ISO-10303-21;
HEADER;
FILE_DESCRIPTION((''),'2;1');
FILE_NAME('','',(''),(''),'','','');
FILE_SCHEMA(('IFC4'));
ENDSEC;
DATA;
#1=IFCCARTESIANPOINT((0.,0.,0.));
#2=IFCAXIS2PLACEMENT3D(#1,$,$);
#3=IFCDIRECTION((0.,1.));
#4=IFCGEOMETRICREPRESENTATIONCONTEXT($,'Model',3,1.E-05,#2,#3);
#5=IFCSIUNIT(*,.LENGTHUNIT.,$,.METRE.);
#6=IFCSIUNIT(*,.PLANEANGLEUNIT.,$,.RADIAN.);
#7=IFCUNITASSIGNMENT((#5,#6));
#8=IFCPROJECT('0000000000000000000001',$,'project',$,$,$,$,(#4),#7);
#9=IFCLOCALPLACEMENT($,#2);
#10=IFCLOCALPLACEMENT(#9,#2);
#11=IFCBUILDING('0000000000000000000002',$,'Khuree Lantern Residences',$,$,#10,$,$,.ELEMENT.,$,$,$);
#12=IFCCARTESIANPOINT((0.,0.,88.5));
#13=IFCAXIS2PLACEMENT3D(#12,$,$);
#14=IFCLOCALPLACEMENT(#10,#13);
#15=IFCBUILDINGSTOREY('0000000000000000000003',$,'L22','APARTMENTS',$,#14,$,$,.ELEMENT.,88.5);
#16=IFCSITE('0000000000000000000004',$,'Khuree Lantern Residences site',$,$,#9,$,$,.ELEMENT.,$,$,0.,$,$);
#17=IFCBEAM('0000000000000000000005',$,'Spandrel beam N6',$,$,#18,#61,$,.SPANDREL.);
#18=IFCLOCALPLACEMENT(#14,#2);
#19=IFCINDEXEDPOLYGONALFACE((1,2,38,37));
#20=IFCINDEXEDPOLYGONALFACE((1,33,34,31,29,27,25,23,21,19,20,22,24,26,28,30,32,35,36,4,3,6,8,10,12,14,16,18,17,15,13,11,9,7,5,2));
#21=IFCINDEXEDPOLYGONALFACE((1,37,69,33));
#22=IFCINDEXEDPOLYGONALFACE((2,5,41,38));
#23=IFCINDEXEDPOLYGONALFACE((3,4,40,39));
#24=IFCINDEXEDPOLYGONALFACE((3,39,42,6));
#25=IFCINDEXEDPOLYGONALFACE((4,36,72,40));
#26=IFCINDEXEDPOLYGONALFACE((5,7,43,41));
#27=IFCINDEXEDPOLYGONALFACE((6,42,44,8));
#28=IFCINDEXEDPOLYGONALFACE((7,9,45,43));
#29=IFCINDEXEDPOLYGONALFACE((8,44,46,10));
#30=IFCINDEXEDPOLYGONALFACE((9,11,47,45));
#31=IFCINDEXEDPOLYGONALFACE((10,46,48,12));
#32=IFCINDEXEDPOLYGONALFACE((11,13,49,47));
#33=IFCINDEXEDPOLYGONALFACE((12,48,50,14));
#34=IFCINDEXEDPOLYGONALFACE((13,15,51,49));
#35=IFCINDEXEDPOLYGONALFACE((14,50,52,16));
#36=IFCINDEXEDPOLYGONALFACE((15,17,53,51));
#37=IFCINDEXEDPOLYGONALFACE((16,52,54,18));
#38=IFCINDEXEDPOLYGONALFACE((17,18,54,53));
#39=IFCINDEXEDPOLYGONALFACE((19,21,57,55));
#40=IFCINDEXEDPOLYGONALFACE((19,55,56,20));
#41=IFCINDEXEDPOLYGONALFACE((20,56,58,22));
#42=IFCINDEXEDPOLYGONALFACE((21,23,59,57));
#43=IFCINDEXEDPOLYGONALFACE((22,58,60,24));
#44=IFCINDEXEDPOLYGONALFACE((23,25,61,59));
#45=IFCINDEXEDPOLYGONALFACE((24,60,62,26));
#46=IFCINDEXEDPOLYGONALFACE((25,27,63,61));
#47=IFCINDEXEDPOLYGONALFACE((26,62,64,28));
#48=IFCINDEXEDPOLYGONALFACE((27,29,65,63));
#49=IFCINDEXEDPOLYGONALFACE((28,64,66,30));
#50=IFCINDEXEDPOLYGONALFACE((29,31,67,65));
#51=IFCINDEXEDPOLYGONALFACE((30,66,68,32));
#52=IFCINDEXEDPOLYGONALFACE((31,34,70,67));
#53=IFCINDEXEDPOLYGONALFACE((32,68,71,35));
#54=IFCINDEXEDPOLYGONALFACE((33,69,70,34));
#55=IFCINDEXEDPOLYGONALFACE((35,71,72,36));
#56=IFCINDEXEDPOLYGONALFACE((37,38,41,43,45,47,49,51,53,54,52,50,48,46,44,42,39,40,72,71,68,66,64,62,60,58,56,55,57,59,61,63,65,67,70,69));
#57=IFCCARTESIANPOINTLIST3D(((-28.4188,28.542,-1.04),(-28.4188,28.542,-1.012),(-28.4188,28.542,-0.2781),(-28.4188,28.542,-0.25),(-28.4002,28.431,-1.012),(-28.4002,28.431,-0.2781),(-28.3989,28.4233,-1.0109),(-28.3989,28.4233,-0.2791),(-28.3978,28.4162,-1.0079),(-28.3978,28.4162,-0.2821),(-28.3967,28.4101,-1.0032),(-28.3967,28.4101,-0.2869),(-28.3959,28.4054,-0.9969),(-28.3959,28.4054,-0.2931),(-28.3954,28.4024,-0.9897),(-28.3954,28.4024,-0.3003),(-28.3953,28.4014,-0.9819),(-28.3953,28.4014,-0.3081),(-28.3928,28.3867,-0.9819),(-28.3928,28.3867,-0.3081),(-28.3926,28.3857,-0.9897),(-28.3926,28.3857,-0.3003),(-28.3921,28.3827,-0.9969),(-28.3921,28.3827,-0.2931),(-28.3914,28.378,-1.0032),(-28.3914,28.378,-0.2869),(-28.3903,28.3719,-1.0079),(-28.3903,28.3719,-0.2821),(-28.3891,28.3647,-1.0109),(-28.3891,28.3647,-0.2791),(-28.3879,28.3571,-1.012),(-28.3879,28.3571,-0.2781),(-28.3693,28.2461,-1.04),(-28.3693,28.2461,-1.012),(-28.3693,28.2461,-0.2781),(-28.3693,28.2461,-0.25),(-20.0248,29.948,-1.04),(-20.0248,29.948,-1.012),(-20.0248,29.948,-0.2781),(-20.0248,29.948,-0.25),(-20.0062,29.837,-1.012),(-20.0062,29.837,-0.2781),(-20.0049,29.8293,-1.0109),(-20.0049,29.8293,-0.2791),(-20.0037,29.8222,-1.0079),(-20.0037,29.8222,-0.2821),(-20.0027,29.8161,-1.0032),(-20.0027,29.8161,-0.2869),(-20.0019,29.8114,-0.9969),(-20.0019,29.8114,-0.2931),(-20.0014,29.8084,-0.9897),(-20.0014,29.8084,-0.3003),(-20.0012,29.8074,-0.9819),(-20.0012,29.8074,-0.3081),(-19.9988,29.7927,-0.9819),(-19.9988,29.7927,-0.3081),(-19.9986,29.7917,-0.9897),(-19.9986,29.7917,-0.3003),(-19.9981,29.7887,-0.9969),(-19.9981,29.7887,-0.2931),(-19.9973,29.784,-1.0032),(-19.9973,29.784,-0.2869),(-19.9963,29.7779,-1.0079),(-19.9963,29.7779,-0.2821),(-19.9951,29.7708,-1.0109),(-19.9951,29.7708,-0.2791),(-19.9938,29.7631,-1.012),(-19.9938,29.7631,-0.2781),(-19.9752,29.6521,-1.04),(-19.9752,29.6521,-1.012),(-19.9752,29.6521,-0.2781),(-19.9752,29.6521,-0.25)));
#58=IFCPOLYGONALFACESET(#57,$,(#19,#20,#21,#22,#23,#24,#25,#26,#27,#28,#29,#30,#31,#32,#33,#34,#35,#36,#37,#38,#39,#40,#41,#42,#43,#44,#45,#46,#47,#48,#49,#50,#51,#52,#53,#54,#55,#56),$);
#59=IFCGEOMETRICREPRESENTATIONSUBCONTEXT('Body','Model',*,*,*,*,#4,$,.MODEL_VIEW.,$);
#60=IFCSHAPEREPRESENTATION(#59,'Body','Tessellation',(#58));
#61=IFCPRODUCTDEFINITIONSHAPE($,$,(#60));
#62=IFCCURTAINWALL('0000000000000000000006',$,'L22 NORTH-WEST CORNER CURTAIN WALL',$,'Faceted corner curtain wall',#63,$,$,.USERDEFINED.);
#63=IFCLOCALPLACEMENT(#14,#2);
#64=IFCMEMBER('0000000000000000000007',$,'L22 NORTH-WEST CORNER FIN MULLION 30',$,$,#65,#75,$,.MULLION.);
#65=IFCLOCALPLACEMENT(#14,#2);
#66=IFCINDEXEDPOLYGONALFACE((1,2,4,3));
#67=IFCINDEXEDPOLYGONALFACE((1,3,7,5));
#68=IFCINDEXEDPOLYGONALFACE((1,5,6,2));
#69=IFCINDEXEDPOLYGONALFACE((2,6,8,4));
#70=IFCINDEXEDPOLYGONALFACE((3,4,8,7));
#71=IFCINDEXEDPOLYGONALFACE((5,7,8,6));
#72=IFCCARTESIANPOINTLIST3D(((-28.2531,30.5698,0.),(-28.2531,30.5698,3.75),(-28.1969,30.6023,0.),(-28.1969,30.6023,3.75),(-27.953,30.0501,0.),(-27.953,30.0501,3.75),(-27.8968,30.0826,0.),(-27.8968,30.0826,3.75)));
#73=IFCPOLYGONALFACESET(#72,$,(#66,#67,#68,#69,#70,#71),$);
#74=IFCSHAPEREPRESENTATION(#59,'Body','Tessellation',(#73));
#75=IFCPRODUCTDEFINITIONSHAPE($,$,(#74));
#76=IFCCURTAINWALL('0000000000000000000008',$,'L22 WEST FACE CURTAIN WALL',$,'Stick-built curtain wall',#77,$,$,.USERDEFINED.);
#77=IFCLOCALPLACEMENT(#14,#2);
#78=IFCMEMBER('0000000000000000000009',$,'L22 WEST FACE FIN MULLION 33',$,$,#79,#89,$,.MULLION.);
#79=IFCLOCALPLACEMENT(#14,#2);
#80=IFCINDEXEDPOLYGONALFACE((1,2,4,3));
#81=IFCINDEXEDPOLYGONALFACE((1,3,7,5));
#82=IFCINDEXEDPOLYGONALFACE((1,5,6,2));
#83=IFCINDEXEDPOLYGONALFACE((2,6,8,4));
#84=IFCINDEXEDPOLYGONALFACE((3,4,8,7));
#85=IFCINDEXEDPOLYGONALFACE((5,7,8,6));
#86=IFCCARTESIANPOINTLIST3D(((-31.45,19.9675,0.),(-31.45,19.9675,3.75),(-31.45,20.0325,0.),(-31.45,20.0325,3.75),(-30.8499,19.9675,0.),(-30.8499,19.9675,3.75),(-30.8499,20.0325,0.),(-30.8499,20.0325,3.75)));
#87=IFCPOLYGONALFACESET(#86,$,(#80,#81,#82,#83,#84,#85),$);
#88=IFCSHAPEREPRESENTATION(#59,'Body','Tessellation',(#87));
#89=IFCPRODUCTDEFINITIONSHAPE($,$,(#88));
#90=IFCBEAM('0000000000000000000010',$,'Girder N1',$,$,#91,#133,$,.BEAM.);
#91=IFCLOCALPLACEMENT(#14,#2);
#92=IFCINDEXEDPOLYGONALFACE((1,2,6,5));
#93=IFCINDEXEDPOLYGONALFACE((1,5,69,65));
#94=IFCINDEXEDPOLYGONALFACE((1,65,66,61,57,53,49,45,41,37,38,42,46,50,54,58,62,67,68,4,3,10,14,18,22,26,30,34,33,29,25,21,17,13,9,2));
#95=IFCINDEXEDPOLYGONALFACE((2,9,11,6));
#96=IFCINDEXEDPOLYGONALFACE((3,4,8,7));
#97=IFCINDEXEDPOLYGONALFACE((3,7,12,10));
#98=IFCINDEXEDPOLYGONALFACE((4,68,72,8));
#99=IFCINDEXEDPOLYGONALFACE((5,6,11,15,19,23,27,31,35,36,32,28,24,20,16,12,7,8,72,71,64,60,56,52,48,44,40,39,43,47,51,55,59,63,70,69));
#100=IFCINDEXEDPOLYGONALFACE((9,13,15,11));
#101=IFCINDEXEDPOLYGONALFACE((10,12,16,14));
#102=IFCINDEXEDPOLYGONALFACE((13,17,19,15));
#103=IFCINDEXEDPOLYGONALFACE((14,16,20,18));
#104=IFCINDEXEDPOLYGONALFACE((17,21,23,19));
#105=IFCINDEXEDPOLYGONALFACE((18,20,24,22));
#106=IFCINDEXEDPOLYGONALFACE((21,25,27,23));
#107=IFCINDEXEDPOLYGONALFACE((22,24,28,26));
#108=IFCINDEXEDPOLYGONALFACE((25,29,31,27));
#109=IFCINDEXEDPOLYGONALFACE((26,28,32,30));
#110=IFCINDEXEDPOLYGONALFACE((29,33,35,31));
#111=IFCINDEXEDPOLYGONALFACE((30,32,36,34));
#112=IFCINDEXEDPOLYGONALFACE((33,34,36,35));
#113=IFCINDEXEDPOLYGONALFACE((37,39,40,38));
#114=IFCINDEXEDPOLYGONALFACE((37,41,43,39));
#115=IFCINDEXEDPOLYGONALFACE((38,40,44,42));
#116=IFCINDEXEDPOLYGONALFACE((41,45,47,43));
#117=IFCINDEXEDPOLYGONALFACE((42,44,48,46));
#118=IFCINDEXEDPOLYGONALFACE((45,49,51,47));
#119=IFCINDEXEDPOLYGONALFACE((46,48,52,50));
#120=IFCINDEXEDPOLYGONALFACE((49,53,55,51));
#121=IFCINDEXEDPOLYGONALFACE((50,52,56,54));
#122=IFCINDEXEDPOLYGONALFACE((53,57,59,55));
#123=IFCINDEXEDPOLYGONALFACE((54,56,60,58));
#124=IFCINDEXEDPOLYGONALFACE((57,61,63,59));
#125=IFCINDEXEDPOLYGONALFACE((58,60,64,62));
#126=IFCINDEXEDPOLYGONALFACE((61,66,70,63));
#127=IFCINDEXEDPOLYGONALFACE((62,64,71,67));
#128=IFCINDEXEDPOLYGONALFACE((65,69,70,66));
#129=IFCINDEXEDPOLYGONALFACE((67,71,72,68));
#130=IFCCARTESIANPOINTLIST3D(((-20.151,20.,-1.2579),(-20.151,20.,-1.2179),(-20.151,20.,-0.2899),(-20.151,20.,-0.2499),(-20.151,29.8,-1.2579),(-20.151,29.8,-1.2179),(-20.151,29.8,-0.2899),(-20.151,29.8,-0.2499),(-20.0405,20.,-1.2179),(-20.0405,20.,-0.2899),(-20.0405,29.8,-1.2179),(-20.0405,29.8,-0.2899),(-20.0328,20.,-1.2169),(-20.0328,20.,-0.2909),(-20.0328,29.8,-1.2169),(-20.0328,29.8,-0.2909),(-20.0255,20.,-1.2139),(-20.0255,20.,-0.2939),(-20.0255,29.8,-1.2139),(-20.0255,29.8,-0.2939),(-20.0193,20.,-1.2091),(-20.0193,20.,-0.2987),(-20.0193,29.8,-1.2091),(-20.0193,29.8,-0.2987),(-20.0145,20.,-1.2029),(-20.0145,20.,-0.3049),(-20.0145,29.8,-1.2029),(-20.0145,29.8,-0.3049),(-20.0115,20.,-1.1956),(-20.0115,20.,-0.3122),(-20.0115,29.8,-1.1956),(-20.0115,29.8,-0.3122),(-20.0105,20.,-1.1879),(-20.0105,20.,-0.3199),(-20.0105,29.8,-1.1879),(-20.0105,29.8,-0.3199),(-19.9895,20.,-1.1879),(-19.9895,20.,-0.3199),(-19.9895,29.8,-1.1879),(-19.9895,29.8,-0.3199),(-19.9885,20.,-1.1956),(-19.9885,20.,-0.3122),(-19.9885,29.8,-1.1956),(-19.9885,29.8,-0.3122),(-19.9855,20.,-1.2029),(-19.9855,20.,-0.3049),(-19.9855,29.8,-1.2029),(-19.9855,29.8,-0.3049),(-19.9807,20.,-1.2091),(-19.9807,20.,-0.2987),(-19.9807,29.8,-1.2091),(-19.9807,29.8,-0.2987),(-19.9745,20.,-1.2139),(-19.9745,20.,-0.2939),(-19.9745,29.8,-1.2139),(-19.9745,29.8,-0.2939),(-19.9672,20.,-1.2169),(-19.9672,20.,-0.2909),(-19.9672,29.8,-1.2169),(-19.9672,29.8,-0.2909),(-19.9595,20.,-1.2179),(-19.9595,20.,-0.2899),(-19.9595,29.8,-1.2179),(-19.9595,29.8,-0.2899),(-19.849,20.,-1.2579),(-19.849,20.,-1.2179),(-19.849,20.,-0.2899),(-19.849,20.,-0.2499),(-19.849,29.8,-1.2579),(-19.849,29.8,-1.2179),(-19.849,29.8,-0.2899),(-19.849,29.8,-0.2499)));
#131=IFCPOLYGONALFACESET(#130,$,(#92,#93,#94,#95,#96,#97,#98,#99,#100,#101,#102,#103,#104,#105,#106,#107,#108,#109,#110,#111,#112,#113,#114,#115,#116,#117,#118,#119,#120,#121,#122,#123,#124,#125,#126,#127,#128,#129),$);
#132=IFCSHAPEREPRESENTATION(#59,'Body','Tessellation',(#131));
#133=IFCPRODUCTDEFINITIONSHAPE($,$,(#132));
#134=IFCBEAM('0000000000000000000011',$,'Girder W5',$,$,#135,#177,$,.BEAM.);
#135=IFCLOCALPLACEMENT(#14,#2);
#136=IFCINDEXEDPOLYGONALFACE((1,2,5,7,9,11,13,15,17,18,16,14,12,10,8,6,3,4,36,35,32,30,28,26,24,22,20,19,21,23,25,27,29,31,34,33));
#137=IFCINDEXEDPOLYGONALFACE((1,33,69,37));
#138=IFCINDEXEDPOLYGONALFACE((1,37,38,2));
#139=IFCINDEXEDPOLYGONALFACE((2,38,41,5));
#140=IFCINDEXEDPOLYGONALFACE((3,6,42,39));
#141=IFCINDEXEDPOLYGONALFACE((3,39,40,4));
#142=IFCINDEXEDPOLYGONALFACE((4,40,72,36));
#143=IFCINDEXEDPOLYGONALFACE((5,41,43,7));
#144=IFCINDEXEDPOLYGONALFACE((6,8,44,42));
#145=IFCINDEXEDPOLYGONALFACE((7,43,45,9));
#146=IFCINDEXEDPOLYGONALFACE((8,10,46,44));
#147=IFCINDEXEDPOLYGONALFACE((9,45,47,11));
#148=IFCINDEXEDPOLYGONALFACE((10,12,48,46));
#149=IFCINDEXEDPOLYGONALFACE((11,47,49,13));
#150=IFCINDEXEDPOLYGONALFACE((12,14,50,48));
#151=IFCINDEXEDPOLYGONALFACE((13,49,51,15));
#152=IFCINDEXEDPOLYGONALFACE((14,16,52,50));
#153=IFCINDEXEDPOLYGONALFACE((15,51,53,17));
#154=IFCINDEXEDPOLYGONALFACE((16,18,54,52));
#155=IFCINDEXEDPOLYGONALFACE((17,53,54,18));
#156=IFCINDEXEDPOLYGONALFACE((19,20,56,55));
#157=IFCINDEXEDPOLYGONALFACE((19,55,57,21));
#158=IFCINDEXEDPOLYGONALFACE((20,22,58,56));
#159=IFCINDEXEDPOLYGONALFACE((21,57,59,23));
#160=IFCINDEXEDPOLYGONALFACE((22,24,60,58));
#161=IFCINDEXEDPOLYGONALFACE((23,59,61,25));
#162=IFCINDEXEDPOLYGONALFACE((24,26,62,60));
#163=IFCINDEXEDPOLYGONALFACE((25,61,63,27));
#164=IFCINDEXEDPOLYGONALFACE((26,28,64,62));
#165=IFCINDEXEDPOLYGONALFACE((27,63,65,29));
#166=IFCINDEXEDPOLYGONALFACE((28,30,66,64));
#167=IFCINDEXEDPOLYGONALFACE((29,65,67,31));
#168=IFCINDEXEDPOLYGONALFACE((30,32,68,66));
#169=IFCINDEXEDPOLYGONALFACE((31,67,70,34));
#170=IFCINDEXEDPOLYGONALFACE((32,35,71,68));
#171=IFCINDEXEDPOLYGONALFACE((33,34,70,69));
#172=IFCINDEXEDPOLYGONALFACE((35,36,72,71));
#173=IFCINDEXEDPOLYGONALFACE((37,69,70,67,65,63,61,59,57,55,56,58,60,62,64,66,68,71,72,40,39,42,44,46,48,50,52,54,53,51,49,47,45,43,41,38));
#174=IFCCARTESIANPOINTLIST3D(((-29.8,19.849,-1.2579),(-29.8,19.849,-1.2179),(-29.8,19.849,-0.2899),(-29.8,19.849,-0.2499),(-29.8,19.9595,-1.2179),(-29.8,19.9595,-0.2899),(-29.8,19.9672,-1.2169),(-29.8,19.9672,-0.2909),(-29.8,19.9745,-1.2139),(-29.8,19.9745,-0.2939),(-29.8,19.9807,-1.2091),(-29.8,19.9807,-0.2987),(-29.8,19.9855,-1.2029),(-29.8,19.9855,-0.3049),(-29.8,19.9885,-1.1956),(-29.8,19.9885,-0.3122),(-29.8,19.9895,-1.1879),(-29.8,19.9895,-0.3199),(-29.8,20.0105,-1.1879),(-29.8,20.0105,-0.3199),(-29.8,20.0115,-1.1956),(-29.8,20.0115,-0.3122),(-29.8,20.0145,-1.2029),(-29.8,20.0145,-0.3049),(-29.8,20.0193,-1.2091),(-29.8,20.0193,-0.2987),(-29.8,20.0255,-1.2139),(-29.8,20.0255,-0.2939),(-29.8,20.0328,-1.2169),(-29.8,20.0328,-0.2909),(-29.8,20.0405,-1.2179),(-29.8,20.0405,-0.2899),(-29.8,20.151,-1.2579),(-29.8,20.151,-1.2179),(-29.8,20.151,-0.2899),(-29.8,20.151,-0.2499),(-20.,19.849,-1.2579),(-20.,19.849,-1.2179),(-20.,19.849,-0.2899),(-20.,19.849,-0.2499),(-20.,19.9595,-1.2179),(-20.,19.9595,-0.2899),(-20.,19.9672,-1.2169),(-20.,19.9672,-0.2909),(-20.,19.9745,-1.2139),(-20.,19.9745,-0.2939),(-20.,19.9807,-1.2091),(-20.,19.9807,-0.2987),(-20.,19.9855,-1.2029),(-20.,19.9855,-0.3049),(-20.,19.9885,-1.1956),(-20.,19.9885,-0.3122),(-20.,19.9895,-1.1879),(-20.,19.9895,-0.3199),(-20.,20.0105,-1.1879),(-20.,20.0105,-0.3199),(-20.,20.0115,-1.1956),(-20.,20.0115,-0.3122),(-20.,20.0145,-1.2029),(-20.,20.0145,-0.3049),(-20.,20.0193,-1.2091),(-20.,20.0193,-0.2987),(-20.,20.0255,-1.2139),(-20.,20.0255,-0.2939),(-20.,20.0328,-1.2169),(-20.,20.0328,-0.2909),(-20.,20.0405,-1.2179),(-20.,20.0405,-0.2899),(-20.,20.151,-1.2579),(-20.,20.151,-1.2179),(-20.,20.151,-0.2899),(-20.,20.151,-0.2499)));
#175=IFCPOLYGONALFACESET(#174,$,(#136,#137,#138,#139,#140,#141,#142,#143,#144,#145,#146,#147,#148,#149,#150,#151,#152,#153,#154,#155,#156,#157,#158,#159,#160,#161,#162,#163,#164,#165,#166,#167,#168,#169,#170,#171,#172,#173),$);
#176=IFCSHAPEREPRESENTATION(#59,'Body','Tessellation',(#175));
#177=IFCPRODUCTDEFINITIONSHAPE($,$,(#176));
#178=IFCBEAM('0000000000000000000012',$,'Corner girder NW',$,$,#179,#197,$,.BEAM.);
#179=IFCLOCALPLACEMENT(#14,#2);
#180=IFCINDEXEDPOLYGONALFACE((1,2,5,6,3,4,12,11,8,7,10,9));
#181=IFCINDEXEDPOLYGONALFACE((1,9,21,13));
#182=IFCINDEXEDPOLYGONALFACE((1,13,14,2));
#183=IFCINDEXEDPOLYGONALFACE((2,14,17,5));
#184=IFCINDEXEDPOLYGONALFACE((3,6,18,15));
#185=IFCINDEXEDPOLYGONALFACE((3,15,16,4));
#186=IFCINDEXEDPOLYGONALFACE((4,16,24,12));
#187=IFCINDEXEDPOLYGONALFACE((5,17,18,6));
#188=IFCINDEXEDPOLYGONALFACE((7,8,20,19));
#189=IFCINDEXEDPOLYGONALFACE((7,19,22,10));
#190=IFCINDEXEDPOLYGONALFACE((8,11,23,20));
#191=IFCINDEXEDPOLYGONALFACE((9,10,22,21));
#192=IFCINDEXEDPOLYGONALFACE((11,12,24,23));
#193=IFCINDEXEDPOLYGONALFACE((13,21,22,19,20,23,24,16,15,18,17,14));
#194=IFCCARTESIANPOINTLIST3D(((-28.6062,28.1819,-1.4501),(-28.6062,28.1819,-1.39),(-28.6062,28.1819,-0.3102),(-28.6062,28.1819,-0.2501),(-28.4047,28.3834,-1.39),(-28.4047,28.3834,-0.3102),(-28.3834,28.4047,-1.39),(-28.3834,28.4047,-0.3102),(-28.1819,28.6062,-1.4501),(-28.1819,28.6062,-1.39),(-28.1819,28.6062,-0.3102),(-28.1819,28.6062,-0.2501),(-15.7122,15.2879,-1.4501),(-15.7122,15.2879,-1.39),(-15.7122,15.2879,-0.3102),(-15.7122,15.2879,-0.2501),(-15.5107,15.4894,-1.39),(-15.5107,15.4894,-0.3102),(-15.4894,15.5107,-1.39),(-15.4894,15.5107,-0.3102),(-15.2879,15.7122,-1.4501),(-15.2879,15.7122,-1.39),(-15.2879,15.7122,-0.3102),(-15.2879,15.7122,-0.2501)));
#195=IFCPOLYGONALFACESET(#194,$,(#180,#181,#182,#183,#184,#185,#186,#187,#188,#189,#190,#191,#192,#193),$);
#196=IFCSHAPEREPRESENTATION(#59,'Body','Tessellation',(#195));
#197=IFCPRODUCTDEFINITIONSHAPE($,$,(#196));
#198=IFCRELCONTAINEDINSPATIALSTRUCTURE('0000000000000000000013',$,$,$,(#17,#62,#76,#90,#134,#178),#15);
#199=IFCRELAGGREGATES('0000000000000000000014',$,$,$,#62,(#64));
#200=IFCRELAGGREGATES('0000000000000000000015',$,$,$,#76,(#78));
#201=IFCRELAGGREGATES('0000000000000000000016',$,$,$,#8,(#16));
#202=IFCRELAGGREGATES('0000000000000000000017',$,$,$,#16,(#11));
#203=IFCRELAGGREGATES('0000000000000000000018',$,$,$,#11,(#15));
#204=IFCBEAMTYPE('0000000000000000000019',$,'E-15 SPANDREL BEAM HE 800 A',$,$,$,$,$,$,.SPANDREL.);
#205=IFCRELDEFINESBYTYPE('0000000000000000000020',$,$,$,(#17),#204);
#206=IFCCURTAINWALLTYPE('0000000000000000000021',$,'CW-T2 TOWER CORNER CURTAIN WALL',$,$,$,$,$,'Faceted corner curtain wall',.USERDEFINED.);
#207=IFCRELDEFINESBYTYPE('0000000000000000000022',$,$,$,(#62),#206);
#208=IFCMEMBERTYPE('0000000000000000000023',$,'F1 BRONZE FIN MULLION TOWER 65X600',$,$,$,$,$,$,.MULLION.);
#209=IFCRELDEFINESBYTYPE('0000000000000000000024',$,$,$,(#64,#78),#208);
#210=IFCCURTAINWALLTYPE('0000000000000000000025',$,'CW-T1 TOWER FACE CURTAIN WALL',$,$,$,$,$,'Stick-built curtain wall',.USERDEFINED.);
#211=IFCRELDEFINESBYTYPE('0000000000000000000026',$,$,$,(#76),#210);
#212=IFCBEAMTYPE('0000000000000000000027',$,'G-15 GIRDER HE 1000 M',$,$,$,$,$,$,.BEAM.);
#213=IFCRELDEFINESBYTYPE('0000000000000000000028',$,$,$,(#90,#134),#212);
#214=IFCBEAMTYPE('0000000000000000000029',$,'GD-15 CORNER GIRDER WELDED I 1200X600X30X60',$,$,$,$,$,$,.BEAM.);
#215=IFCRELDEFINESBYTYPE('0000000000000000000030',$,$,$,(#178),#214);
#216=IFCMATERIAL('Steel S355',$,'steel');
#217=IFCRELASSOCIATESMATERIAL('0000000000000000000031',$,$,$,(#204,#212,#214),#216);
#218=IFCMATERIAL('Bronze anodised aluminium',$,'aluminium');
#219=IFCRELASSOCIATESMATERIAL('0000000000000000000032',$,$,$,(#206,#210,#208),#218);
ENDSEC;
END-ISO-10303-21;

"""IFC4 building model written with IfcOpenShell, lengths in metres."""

from ifc_helpers import new_model, si_unit, direction, frame, origin, origin_2d, place, context, subcontext, project, spatial, rectangle, i_section, extrude, material, material_profile, profile_set, type_object, element, aggregate, save


model = new_model("IFC4")

# Units and contexts
model_context = context("Model", 3, precision=1e-05, world=origin(), true_north=direction((0.0, 1.0)))
body_context = subcontext(model_context, "Body", "Model", "MODEL_VIEW")
ifc_project = project(units=[si_unit("LENGTHUNIT", "METRE"), si_unit("PLANEANGLEUNIT", "RADIAN")], contexts=[model_context])

# Site, building, storey
site_placement = place(None, origin())
site = spatial("IfcSite", under=ifc_project, at=site_placement, Name="Khuree Lantern Residences site", CompositionType="ELEMENT", RefElevation=0.0)
building_placement = place(site_placement, origin())
building = spatial("IfcBuilding", under=site, at=building_placement, Name="Khuree Lantern Residences", CompositionType="ELEMENT")
storey_placement = place(building_placement, frame((0.0, 0.0, 88.5)))
storey = spatial("IfcBuildingStorey", under=building, at=storey_placement, Name="L22", Description="APARTMENTS", CompositionType="ELEMENT", Elevation=88.5)

# Beam
ifc_material_1 = material(Name="Steel S355", Category="steel")
ifc_material_profile_1 = material_profile(ifc_material_1, i_section(OverallWidth=0.3, OverallDepth=0.79, WebThickness=0.0149, FlangeThickness=0.0281, FilletRadius=0.03, at=origin_2d()), Name="HE 800 A")
ifc_profile_set_1 = profile_set([ifc_material_profile_1], Name="Steel S355")
beam_type_1 = type_object("IfcBeamType", Name="E-15 SPANDREL BEAM HE 800 A", PredefinedType="SPANDREL", material=ifc_profile_set_1)
for number, where, z_axis, x_axis, name in (
    (1, (-28.394, 28.394, -0.645), (0.98626, 0.165199, 0.0), (-0.165199, 0.98626, 0.0), "Spandrel beam N6"),
):
    element("IfcBeam", number, at=place(storey_placement, frame(where, z_axis=z_axis, x_axis=x_axis)), inside=storey, type_object=beam_type_1, Name=name, PredefinedType="SPANDREL", context=body_context, shape_type="SweptSolid", body=[
        extrude(i_section(OverallWidth=0.3, OverallDepth=0.79, WebThickness=0.0149, FlangeThickness=0.0281, FilletRadius=0.03, at=origin_2d()), origin(), (0.0, 0.0, 1.0), 8.511),
    ])

# Curtain walls, members
ifc_material_2 = material(Name="Bronze anodised aluminium", Category="aluminium")
curtain_wall_type_1 = type_object("IfcCurtainWallType", Name="CW-T2 TOWER CORNER CURTAIN WALL", ElementType="Faceted corner curtain wall", PredefinedType="USERDEFINED", material=ifc_material_2)
curtain_wall_1_placement = place(storey_placement, origin())
curtain_wall_1 = element("IfcCurtainWall", 2, at=curtain_wall_1_placement, inside=storey, type_object=curtain_wall_type_1, Name="L22 NORTH-WEST CORNER CURTAIN WALL", ObjectType="Faceted corner curtain wall", PredefinedType="USERDEFINED")
ifc_material_profile_2 = material_profile(ifc_material_2, rectangle(XDim=0.0649, YDim=0.6001, at=origin_2d()), Name="F1 65X600")
ifc_profile_set_2 = profile_set([ifc_material_profile_2], Name="Bronze anodised aluminium")
member_type_1 = type_object("IfcMemberType", Name="F1 BRONZE FIN MULLION TOWER 65X600", PredefinedType="MULLION", material=ifc_profile_set_2)
member_1_placement = place(storey_placement, frame((-28.075, 30.3262, 0.0), z_axis=(0.0, 0.0, 1.0), x_axis=(-0.866025, -0.5, 0.0)))
member_1 = element("IfcMember", 3, at=member_1_placement, type_object=member_type_1, Name="L22 NORTH-WEST CORNER FIN MULLION 30", PredefinedType="MULLION", context=body_context, shape_type="SweptSolid", body=[
    extrude(rectangle(XDim=0.0649, YDim=0.6001, at=origin_2d()), origin(), (0.0, 0.0, 1.0), 3.75),
])
curtain_wall_type_2 = type_object("IfcCurtainWallType", Name="CW-T1 TOWER FACE CURTAIN WALL", ElementType="Stick-built curtain wall", PredefinedType="USERDEFINED", material=ifc_material_2)
curtain_wall_2_placement = place(storey_placement, origin())
curtain_wall_2 = element("IfcCurtainWall", 4, at=curtain_wall_2_placement, inside=storey, type_object=curtain_wall_type_2, Name="L22 WEST FACE CURTAIN WALL", ObjectType="Stick-built curtain wall", PredefinedType="USERDEFINED")
member_2_placement = place(storey_placement, frame((-31.1499, 20.0, 0.0), z_axis=(0.0, 0.0, 1.0), x_axis=(0.0, -1.0, 0.0)))
member_2 = element("IfcMember", 5, at=member_2_placement, type_object=member_type_1, Name="L22 WEST FACE FIN MULLION 33", PredefinedType="MULLION", context=body_context, shape_type="SweptSolid", body=[
    extrude(rectangle(XDim=0.0649, YDim=0.6001, at=origin_2d()), origin(), (0.0, 0.0, 1.0), 3.75),
])

# Beams
ifc_material_profile_3 = material_profile(ifc_material_1, i_section(OverallWidth=0.302, OverallDepth=1.0081, WebThickness=0.021, FlangeThickness=0.04, FilletRadius=0.03, at=origin_2d()), Name="HE 1000 M")
ifc_profile_set_3 = profile_set([ifc_material_profile_3], Name="Steel S355")
beam_type_2 = type_object("IfcBeamType", Name="G-15 GIRDER HE 1000 M", PredefinedType="BEAM", material=ifc_profile_set_3)
for number, where, z_axis, x_axis, name in (
    (6, (-20.0, 29.8, -0.7539), (0.0, -1.0, 0.0), (1.0, 0.0, 0.0), "Girder N1"),
    (7, (-29.8, 20.0, -0.7539), (1.0, 0.0, 0.0), (0.0, 1.0, 0.0), "Girder W5"),
):
    element("IfcBeam", number, at=place(storey_placement, frame(where, z_axis=z_axis, x_axis=x_axis)), inside=storey, type_object=beam_type_2, Name=name, PredefinedType="BEAM", context=body_context, shape_type="SweptSolid", body=[
        extrude(i_section(OverallWidth=0.302, OverallDepth=1.0081, WebThickness=0.021, FlangeThickness=0.04, FilletRadius=0.03, at=origin_2d()), origin(), (0.0, 0.0, 1.0), 9.8),
    ])
ifc_material_profile_4 = material_profile(ifc_material_1, i_section(OverallWidth=0.6001, OverallDepth=1.2, WebThickness=0.03, FlangeThickness=0.0601, at=origin_2d()), Name="WELDED I 1200X600X30X60")
ifc_profile_set_4 = profile_set([ifc_material_profile_4], Name="Steel S355")
beam_type_3 = type_object("IfcBeamType", Name="GD-15 CORNER GIRDER WELDED I 1200X600X30X60", PredefinedType="BEAM", material=ifc_profile_set_4)
beam_placement = place(storey_placement, frame((-28.394, 28.394, -0.8501), z_axis=(0.707107, -0.707107, 0.0), x_axis=(0.707107, 0.707107, 0.0)))
element("IfcBeam", 8, at=beam_placement, inside=storey, type_object=beam_type_3, Name="Corner girder NW", PredefinedType="BEAM", context=body_context, shape_type="SweptSolid", body=[
    extrude(i_section(OverallWidth=0.6001, OverallDepth=1.2, WebThickness=0.03, FlangeThickness=0.0601, at=origin_2d()), origin(), (0.0, 0.0, 1.0), 18.2349),
])

aggregate(curtain_wall_1, [member_1])
aggregate(curtain_wall_2, [member_2])

save(model, "model.ifc")
